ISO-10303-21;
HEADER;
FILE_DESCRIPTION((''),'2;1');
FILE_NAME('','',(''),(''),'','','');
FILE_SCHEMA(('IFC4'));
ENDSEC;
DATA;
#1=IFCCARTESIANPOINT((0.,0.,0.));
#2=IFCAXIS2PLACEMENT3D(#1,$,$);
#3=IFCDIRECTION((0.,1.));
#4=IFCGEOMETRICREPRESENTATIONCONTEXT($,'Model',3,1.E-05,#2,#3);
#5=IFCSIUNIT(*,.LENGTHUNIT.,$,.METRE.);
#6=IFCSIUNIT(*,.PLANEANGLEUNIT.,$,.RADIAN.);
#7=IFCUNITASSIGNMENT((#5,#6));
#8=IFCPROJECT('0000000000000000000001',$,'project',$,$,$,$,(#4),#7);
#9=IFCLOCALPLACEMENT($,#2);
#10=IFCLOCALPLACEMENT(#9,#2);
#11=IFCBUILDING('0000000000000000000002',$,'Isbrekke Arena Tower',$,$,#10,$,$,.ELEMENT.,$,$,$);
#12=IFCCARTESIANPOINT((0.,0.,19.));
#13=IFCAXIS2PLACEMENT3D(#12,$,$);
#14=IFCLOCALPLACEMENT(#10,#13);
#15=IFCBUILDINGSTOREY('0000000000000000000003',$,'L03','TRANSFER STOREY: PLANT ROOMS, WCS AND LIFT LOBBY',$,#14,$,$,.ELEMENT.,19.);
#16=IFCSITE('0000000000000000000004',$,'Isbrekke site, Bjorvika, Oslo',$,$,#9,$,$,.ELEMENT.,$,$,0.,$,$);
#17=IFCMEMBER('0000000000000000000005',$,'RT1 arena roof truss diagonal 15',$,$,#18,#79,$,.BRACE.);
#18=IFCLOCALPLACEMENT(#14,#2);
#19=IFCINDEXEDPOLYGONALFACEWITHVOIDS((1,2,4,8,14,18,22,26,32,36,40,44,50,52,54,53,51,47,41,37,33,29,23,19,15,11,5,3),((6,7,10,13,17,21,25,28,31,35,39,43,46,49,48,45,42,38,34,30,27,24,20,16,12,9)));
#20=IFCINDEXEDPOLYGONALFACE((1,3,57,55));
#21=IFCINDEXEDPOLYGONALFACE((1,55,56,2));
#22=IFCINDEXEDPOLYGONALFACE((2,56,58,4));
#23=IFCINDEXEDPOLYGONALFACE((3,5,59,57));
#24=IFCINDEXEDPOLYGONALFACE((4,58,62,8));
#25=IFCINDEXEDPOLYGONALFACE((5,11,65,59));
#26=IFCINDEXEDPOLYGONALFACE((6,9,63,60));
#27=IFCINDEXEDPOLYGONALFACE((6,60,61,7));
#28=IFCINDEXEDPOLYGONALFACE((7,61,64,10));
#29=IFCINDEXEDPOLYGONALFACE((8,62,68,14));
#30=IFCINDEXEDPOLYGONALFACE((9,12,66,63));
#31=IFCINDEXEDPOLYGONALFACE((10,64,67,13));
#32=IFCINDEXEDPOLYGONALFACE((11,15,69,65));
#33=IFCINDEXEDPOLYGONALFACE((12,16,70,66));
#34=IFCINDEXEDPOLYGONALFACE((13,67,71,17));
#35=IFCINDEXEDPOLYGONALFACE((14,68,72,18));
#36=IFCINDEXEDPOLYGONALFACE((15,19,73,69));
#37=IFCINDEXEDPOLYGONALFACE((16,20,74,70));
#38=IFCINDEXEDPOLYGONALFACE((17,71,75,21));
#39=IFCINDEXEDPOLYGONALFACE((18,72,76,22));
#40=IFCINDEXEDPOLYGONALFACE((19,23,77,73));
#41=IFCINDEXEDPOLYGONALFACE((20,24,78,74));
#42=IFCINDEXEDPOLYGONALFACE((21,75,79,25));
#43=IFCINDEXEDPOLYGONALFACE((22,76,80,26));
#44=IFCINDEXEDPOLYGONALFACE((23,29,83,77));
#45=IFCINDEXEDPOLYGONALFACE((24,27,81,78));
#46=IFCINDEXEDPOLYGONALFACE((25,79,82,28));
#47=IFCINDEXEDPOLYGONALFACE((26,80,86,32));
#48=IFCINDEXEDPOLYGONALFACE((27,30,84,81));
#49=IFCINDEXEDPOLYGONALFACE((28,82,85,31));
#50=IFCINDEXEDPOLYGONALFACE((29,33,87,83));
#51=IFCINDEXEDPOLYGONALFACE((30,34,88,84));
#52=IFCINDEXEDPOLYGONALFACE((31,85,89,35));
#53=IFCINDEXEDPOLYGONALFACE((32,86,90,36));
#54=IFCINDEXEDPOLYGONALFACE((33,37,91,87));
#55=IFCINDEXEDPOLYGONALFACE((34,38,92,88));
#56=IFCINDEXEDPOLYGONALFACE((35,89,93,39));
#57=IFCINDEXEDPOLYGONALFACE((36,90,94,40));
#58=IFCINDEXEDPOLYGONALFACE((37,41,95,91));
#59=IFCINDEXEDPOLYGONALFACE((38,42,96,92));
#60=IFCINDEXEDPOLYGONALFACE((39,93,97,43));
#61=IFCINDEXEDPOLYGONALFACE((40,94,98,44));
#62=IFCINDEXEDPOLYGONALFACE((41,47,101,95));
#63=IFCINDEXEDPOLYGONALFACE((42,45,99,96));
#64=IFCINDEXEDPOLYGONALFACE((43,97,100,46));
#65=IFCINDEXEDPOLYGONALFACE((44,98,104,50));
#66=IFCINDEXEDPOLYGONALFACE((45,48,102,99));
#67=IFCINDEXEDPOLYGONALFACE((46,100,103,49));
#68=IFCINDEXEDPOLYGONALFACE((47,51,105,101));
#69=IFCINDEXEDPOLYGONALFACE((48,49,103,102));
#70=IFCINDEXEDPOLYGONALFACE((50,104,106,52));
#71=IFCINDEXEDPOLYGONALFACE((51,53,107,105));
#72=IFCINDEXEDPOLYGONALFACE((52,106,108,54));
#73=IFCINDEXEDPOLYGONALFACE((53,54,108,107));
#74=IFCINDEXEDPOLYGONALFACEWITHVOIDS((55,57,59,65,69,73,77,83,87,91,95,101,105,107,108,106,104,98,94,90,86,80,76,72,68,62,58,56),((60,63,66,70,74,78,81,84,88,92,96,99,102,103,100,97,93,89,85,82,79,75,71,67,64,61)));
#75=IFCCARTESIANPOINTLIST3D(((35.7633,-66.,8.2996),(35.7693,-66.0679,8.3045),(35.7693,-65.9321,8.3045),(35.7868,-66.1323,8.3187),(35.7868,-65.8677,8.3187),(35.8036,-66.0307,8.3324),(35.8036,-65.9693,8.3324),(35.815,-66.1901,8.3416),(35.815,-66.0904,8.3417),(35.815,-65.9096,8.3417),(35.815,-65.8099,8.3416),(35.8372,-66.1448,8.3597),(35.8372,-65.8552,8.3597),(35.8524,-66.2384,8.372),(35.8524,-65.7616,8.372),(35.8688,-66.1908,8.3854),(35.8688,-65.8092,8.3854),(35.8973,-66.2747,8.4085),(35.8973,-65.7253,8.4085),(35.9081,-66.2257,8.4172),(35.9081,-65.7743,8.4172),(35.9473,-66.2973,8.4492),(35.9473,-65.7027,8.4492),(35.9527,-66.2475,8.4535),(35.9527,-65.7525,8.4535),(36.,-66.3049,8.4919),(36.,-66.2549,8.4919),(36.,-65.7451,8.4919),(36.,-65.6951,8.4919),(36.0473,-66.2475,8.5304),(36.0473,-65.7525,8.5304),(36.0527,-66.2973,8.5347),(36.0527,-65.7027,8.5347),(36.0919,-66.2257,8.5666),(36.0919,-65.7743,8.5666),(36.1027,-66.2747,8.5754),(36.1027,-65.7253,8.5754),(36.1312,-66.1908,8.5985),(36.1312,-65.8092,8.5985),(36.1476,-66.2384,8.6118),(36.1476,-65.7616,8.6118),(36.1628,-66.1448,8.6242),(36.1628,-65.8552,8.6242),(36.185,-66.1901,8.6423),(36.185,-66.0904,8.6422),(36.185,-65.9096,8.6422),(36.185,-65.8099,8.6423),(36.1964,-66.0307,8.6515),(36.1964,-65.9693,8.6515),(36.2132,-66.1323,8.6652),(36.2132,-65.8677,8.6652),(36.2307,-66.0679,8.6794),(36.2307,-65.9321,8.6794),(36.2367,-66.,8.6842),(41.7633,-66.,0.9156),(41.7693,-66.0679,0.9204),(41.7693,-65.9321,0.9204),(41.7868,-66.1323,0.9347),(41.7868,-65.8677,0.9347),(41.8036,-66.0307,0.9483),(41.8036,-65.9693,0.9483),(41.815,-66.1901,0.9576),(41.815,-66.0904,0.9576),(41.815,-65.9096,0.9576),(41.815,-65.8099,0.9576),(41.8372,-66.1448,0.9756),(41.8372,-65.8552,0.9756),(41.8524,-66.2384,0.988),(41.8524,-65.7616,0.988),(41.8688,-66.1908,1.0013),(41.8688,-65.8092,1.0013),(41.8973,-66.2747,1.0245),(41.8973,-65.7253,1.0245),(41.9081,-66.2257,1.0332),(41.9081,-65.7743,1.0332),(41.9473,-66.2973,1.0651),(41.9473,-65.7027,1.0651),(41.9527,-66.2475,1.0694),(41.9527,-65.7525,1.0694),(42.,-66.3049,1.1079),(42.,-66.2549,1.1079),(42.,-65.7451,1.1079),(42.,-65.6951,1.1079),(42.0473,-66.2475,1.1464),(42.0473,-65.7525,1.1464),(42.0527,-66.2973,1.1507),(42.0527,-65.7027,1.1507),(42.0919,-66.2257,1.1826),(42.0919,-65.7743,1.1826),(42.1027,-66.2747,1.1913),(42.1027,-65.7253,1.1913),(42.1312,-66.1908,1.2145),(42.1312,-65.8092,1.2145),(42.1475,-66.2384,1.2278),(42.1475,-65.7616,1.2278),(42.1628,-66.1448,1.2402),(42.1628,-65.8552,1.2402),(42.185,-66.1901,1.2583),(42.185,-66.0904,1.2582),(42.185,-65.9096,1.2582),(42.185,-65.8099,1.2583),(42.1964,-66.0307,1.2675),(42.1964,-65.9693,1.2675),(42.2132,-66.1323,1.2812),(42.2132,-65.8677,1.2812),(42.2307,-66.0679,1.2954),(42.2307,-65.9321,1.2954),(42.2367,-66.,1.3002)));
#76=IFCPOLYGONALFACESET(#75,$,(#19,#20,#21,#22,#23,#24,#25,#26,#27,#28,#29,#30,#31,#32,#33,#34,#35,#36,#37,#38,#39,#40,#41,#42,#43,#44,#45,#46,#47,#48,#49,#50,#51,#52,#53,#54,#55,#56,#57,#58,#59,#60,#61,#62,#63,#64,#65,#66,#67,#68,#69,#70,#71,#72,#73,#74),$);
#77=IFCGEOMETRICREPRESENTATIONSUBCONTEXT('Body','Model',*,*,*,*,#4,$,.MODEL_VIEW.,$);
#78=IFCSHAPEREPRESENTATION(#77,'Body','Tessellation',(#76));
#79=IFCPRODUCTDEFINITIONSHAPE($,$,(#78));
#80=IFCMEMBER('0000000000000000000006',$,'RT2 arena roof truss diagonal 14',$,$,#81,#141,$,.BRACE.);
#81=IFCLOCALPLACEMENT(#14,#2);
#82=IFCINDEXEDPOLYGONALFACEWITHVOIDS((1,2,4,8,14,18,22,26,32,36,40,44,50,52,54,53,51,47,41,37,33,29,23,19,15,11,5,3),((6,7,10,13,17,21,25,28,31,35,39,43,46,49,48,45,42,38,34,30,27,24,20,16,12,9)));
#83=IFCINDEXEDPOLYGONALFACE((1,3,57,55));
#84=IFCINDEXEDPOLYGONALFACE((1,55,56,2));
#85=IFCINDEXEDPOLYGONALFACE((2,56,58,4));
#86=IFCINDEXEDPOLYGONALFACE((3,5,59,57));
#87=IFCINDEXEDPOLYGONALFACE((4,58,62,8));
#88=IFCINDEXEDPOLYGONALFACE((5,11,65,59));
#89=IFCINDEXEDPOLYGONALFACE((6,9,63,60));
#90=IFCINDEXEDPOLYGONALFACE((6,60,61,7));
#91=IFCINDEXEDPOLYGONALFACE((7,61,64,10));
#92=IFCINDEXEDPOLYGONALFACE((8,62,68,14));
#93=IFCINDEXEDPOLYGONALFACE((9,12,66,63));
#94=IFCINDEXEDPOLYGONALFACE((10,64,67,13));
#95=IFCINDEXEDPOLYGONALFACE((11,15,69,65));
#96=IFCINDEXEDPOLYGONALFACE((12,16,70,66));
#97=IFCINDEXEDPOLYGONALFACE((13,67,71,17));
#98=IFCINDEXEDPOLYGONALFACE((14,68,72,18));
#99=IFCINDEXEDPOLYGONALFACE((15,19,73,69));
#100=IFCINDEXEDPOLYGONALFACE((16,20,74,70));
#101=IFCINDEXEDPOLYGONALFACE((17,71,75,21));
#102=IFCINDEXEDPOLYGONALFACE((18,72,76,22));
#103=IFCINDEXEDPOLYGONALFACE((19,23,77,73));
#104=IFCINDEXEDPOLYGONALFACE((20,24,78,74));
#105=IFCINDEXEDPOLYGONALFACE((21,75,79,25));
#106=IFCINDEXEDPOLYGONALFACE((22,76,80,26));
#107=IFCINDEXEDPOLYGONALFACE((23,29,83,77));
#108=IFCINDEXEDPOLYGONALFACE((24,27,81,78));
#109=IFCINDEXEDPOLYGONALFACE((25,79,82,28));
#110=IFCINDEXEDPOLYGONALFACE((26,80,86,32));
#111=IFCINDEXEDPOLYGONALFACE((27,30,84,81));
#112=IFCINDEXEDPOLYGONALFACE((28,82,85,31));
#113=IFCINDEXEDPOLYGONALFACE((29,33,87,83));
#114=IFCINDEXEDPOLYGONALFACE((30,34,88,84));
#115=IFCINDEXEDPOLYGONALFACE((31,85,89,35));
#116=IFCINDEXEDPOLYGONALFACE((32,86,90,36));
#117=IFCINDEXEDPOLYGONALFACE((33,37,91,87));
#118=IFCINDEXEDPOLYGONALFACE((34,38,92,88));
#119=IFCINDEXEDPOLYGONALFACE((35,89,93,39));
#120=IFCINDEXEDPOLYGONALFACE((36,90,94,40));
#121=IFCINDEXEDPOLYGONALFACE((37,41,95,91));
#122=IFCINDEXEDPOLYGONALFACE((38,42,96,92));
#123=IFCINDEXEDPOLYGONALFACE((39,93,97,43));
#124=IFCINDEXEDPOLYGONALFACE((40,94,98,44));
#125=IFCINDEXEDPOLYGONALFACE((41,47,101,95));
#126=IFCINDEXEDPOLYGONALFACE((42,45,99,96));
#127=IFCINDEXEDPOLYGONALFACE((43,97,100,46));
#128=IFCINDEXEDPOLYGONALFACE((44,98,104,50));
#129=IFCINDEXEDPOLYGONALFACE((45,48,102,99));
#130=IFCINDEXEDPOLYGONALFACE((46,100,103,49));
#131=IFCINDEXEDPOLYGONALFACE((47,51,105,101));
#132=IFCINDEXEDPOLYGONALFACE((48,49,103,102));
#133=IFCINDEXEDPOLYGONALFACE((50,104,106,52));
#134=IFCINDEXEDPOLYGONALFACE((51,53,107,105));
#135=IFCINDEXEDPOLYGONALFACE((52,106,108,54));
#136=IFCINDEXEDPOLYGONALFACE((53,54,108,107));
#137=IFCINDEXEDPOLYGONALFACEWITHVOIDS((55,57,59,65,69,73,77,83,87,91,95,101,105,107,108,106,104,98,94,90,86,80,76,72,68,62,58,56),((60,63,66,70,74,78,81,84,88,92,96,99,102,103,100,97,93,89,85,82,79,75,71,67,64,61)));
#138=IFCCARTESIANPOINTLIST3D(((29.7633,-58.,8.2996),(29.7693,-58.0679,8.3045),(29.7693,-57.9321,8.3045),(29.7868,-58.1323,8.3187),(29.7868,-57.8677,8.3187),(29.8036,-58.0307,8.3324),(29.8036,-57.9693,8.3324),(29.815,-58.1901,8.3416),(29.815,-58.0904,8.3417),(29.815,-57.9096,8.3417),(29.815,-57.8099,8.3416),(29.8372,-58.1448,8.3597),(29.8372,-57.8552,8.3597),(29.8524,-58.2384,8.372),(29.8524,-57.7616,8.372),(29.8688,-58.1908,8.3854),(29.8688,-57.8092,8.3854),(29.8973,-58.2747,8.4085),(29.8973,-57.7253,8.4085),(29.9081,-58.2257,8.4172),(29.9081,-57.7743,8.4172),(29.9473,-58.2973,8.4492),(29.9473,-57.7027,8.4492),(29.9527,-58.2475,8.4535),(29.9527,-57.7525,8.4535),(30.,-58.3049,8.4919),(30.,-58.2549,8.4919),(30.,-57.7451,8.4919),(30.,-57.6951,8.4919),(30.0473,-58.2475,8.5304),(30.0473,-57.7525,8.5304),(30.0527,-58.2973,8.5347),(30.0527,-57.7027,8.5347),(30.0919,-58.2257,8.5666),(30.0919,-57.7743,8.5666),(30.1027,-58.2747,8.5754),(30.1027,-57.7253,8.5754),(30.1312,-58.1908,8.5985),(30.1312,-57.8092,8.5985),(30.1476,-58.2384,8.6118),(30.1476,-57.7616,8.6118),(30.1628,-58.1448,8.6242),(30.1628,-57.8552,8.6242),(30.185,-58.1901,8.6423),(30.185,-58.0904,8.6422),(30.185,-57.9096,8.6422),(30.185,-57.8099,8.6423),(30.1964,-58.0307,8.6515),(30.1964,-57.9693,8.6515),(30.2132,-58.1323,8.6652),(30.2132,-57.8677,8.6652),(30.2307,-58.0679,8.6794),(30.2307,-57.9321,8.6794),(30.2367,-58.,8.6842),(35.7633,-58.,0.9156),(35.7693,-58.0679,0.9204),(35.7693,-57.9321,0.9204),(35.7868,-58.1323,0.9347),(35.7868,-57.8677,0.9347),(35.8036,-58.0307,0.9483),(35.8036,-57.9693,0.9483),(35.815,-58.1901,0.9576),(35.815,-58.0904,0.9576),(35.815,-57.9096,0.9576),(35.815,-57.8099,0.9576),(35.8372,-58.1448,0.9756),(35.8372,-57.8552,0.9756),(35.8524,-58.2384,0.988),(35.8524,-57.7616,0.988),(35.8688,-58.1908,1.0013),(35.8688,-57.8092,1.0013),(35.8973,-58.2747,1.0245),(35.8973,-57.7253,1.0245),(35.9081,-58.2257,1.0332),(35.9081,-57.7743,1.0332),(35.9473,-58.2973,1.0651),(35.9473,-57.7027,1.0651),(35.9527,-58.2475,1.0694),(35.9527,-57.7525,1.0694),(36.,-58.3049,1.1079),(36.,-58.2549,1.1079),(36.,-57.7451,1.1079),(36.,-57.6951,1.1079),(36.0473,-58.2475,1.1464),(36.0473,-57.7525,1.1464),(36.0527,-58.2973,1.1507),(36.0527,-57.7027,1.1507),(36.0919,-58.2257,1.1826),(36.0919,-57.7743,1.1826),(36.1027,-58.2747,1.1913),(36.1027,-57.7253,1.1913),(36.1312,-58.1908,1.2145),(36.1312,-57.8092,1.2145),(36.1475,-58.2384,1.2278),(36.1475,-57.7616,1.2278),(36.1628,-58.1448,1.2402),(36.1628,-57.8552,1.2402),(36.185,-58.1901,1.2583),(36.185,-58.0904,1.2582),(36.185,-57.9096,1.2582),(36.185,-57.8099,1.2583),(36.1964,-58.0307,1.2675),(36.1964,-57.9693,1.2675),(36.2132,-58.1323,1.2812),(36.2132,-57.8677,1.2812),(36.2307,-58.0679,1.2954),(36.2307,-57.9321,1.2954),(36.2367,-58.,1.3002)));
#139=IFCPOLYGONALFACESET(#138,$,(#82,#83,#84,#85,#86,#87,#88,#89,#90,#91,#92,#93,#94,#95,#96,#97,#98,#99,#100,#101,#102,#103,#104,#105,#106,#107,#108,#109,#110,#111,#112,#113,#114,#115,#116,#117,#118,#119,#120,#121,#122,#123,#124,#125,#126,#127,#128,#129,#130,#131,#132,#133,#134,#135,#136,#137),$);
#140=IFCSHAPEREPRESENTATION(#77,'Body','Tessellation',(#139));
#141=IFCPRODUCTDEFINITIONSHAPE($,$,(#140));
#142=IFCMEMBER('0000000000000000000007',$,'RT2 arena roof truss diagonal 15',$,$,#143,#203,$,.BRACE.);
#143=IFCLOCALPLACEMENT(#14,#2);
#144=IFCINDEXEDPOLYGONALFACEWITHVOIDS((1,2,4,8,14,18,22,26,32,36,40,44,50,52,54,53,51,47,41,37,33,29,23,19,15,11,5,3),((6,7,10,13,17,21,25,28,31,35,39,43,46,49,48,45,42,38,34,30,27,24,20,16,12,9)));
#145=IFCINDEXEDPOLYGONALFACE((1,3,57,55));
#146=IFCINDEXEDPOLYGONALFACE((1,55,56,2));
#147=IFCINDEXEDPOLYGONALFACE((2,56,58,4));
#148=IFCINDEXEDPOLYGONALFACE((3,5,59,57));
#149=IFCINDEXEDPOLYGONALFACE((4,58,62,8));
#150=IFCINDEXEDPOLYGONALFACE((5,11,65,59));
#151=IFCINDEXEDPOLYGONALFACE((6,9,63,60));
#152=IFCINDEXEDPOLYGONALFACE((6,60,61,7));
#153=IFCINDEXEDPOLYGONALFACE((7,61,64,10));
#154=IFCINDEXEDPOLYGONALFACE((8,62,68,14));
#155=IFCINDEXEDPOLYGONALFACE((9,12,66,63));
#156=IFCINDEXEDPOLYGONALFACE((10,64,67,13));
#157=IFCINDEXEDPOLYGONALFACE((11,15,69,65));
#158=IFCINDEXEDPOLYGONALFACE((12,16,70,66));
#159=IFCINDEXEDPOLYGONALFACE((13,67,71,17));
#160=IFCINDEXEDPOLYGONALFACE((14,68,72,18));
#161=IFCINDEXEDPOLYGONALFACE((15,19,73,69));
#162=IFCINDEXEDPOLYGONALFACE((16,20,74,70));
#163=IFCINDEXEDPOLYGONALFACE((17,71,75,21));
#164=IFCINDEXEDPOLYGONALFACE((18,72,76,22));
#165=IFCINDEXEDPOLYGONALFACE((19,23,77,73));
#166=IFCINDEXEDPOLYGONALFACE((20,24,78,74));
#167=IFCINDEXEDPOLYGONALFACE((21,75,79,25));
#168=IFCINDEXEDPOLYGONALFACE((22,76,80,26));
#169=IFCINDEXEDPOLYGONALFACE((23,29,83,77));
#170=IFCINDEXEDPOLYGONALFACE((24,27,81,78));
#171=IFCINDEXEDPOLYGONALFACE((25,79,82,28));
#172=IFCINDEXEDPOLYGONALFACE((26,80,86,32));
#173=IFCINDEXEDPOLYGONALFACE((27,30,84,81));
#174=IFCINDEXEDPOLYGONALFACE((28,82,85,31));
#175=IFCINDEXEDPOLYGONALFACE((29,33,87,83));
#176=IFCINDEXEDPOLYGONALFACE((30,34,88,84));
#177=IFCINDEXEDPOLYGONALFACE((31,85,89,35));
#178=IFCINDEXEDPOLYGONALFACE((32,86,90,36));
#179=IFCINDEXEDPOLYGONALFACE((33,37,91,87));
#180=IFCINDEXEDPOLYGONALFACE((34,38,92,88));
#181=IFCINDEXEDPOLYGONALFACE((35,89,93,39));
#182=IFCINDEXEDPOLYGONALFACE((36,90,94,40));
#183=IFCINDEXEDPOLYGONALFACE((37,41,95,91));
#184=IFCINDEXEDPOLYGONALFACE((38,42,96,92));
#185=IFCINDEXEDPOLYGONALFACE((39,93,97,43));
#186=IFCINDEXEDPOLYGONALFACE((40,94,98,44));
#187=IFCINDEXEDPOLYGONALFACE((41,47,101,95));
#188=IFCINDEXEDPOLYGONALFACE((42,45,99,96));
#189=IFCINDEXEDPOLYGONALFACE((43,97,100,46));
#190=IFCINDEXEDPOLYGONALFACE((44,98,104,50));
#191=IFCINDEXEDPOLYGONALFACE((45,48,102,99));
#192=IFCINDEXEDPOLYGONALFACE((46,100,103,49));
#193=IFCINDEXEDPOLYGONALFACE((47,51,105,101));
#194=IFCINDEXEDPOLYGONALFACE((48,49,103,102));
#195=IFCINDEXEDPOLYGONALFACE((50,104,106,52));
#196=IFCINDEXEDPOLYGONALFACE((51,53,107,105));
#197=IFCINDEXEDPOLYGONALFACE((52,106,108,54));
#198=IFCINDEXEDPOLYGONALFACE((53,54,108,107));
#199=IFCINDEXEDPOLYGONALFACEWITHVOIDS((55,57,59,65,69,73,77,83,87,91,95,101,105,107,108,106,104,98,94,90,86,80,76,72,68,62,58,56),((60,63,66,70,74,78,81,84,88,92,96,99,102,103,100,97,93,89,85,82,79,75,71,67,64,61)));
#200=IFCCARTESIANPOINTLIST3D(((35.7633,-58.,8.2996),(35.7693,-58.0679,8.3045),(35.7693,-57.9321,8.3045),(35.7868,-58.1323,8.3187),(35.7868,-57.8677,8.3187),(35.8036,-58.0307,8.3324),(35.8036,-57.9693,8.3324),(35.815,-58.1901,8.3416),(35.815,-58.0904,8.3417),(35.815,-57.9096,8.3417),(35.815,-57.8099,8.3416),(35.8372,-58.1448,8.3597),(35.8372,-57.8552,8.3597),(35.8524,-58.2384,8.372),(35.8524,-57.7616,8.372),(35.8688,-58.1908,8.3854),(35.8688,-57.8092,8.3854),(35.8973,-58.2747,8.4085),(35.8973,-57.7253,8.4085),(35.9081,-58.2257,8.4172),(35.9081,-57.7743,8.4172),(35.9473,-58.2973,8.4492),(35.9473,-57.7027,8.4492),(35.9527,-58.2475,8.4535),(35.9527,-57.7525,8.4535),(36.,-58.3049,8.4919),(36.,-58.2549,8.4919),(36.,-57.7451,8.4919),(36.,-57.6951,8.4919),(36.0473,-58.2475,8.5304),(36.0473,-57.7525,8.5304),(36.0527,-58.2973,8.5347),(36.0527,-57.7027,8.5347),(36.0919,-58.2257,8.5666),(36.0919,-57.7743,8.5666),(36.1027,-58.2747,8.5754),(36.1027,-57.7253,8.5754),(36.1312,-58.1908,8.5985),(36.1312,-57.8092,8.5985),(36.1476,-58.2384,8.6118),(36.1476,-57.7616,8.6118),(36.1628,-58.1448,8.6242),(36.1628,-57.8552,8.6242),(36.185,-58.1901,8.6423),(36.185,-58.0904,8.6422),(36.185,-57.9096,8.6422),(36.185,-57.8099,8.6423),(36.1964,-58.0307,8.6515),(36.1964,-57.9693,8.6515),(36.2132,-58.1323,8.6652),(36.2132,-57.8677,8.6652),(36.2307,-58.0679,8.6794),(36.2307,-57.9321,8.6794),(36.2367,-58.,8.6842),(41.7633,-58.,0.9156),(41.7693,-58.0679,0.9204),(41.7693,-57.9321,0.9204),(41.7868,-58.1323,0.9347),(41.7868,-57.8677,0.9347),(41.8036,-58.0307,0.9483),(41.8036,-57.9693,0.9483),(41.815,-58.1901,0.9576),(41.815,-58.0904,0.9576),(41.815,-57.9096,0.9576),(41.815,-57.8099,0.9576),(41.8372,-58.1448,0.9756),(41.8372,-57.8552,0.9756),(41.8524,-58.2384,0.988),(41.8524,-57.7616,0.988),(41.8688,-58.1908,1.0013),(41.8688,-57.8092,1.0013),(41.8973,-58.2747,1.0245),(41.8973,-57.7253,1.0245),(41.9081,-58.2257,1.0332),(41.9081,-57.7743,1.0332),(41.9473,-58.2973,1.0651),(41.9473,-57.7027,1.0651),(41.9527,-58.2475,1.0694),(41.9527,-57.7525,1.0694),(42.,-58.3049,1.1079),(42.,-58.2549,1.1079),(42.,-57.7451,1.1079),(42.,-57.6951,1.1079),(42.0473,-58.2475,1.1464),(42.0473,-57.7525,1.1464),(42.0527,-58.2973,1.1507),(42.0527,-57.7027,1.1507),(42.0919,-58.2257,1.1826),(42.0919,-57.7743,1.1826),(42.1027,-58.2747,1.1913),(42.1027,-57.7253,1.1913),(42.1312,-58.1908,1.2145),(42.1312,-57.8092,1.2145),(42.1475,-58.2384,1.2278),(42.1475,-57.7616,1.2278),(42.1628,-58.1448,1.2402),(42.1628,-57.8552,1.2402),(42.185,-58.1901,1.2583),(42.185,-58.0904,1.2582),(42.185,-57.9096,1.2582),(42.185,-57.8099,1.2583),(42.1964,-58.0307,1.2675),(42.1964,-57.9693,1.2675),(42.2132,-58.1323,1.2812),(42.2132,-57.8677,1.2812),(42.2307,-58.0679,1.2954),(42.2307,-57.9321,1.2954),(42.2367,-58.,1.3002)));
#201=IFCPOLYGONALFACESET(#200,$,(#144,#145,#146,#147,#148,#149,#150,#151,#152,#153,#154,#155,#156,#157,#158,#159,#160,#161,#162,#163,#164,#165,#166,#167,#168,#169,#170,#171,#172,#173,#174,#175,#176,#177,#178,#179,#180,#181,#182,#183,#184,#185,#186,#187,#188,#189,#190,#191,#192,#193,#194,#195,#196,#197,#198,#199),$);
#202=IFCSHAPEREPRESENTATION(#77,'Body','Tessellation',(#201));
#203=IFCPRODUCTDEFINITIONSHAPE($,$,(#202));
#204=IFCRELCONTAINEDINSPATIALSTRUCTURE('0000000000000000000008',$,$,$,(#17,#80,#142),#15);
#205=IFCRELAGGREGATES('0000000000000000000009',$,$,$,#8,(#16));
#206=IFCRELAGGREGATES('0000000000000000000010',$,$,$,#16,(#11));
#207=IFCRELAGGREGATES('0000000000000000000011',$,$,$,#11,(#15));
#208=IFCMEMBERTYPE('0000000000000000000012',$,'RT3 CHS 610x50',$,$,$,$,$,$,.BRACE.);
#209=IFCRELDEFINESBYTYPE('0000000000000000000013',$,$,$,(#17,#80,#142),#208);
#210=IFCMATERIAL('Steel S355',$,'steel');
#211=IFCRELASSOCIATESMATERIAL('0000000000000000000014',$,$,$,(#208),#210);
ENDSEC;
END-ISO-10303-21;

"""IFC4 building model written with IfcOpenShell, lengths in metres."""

from ifc_helpers import new_model, si_unit, direction, frame, origin, origin_2d, place, context, subcontext, project, spatial, hollow_circle, extrude, material, material_profile, profile_set, type_object, element, save


model = new_model("IFC4")

# Units and contexts
model_context = context("Model", 3, precision=1e-05, world=origin(), true_north=direction((0.0, 1.0)))
body_context = subcontext(model_context, "Body", "Model", "MODEL_VIEW")
ifc_project = project(units=[si_unit("LENGTHUNIT", "METRE"), si_unit("PLANEANGLEUNIT", "RADIAN")], contexts=[model_context])

# Site, building, storey
site_placement = place(None, origin())
site = spatial("IfcSite", under=ifc_project, at=site_placement, Name="Isbrekke site, Bjorvika, Oslo", CompositionType="ELEMENT", RefElevation=0.0)
building_placement = place(site_placement, origin())
building = spatial("IfcBuilding", under=site, at=building_placement, Name="Isbrekke Arena Tower", CompositionType="ELEMENT")
storey_placement = place(building_placement, frame((0.0, 0.0, 19.0)))
storey = spatial("IfcBuildingStorey", under=building, at=storey_placement, Name="L03", Description="TRANSFER STOREY: PLANT ROOMS, WCS AND LIFT LOBBY", CompositionType="ELEMENT", Elevation=19.0)

# Members
ifc_material_1 = material(Name="Steel S355", Category="steel")
ifc_material_profile_1 = material_profile(ifc_material_1, hollow_circle(Radius=0.3049, WallThickness=0.05, at=origin_2d()), Name="CHS 610x50")
ifc_profile_set_1 = profile_set([ifc_material_profile_1], Name="Steel S355")
member_type_1 = type_object("IfcMemberType", Name="RT3 CHS 610x50", PredefinedType="BRACE", material=ifc_profile_set_1)
for number, where, z_axis, x_axis, name in (
    (1, (36.0, -66.0, 8.4919), (0.630623, 0.0, -0.77609), (0.0, 1.0, 0.0), "RT1 arena roof truss diagonal 15"),
    (2, (30.0, -58.0, 8.4919), (0.630623, 0.0, -0.77609), (0.0, 1.0, 0.0), "RT2 arena roof truss diagonal 14"),
    (3, (36.0, -58.0, 8.4919), (0.630623, 0.0, -0.77609), (0.0, 1.0, 0.0), "RT2 arena roof truss diagonal 15"),
):
    element("IfcMember", number, at=place(storey_placement, frame(where, z_axis=z_axis, x_axis=x_axis)), inside=storey, type_object=member_type_1, Name=name, PredefinedType="BRACE", context=body_context, shape_type="SweptSolid", body=[
        extrude(hollow_circle(Radius=0.3049, WallThickness=0.05, at=origin_2d()), origin(), (0.0, 0.0, 1.0), 9.5144),
    ])

save(model, "model.ifc")
